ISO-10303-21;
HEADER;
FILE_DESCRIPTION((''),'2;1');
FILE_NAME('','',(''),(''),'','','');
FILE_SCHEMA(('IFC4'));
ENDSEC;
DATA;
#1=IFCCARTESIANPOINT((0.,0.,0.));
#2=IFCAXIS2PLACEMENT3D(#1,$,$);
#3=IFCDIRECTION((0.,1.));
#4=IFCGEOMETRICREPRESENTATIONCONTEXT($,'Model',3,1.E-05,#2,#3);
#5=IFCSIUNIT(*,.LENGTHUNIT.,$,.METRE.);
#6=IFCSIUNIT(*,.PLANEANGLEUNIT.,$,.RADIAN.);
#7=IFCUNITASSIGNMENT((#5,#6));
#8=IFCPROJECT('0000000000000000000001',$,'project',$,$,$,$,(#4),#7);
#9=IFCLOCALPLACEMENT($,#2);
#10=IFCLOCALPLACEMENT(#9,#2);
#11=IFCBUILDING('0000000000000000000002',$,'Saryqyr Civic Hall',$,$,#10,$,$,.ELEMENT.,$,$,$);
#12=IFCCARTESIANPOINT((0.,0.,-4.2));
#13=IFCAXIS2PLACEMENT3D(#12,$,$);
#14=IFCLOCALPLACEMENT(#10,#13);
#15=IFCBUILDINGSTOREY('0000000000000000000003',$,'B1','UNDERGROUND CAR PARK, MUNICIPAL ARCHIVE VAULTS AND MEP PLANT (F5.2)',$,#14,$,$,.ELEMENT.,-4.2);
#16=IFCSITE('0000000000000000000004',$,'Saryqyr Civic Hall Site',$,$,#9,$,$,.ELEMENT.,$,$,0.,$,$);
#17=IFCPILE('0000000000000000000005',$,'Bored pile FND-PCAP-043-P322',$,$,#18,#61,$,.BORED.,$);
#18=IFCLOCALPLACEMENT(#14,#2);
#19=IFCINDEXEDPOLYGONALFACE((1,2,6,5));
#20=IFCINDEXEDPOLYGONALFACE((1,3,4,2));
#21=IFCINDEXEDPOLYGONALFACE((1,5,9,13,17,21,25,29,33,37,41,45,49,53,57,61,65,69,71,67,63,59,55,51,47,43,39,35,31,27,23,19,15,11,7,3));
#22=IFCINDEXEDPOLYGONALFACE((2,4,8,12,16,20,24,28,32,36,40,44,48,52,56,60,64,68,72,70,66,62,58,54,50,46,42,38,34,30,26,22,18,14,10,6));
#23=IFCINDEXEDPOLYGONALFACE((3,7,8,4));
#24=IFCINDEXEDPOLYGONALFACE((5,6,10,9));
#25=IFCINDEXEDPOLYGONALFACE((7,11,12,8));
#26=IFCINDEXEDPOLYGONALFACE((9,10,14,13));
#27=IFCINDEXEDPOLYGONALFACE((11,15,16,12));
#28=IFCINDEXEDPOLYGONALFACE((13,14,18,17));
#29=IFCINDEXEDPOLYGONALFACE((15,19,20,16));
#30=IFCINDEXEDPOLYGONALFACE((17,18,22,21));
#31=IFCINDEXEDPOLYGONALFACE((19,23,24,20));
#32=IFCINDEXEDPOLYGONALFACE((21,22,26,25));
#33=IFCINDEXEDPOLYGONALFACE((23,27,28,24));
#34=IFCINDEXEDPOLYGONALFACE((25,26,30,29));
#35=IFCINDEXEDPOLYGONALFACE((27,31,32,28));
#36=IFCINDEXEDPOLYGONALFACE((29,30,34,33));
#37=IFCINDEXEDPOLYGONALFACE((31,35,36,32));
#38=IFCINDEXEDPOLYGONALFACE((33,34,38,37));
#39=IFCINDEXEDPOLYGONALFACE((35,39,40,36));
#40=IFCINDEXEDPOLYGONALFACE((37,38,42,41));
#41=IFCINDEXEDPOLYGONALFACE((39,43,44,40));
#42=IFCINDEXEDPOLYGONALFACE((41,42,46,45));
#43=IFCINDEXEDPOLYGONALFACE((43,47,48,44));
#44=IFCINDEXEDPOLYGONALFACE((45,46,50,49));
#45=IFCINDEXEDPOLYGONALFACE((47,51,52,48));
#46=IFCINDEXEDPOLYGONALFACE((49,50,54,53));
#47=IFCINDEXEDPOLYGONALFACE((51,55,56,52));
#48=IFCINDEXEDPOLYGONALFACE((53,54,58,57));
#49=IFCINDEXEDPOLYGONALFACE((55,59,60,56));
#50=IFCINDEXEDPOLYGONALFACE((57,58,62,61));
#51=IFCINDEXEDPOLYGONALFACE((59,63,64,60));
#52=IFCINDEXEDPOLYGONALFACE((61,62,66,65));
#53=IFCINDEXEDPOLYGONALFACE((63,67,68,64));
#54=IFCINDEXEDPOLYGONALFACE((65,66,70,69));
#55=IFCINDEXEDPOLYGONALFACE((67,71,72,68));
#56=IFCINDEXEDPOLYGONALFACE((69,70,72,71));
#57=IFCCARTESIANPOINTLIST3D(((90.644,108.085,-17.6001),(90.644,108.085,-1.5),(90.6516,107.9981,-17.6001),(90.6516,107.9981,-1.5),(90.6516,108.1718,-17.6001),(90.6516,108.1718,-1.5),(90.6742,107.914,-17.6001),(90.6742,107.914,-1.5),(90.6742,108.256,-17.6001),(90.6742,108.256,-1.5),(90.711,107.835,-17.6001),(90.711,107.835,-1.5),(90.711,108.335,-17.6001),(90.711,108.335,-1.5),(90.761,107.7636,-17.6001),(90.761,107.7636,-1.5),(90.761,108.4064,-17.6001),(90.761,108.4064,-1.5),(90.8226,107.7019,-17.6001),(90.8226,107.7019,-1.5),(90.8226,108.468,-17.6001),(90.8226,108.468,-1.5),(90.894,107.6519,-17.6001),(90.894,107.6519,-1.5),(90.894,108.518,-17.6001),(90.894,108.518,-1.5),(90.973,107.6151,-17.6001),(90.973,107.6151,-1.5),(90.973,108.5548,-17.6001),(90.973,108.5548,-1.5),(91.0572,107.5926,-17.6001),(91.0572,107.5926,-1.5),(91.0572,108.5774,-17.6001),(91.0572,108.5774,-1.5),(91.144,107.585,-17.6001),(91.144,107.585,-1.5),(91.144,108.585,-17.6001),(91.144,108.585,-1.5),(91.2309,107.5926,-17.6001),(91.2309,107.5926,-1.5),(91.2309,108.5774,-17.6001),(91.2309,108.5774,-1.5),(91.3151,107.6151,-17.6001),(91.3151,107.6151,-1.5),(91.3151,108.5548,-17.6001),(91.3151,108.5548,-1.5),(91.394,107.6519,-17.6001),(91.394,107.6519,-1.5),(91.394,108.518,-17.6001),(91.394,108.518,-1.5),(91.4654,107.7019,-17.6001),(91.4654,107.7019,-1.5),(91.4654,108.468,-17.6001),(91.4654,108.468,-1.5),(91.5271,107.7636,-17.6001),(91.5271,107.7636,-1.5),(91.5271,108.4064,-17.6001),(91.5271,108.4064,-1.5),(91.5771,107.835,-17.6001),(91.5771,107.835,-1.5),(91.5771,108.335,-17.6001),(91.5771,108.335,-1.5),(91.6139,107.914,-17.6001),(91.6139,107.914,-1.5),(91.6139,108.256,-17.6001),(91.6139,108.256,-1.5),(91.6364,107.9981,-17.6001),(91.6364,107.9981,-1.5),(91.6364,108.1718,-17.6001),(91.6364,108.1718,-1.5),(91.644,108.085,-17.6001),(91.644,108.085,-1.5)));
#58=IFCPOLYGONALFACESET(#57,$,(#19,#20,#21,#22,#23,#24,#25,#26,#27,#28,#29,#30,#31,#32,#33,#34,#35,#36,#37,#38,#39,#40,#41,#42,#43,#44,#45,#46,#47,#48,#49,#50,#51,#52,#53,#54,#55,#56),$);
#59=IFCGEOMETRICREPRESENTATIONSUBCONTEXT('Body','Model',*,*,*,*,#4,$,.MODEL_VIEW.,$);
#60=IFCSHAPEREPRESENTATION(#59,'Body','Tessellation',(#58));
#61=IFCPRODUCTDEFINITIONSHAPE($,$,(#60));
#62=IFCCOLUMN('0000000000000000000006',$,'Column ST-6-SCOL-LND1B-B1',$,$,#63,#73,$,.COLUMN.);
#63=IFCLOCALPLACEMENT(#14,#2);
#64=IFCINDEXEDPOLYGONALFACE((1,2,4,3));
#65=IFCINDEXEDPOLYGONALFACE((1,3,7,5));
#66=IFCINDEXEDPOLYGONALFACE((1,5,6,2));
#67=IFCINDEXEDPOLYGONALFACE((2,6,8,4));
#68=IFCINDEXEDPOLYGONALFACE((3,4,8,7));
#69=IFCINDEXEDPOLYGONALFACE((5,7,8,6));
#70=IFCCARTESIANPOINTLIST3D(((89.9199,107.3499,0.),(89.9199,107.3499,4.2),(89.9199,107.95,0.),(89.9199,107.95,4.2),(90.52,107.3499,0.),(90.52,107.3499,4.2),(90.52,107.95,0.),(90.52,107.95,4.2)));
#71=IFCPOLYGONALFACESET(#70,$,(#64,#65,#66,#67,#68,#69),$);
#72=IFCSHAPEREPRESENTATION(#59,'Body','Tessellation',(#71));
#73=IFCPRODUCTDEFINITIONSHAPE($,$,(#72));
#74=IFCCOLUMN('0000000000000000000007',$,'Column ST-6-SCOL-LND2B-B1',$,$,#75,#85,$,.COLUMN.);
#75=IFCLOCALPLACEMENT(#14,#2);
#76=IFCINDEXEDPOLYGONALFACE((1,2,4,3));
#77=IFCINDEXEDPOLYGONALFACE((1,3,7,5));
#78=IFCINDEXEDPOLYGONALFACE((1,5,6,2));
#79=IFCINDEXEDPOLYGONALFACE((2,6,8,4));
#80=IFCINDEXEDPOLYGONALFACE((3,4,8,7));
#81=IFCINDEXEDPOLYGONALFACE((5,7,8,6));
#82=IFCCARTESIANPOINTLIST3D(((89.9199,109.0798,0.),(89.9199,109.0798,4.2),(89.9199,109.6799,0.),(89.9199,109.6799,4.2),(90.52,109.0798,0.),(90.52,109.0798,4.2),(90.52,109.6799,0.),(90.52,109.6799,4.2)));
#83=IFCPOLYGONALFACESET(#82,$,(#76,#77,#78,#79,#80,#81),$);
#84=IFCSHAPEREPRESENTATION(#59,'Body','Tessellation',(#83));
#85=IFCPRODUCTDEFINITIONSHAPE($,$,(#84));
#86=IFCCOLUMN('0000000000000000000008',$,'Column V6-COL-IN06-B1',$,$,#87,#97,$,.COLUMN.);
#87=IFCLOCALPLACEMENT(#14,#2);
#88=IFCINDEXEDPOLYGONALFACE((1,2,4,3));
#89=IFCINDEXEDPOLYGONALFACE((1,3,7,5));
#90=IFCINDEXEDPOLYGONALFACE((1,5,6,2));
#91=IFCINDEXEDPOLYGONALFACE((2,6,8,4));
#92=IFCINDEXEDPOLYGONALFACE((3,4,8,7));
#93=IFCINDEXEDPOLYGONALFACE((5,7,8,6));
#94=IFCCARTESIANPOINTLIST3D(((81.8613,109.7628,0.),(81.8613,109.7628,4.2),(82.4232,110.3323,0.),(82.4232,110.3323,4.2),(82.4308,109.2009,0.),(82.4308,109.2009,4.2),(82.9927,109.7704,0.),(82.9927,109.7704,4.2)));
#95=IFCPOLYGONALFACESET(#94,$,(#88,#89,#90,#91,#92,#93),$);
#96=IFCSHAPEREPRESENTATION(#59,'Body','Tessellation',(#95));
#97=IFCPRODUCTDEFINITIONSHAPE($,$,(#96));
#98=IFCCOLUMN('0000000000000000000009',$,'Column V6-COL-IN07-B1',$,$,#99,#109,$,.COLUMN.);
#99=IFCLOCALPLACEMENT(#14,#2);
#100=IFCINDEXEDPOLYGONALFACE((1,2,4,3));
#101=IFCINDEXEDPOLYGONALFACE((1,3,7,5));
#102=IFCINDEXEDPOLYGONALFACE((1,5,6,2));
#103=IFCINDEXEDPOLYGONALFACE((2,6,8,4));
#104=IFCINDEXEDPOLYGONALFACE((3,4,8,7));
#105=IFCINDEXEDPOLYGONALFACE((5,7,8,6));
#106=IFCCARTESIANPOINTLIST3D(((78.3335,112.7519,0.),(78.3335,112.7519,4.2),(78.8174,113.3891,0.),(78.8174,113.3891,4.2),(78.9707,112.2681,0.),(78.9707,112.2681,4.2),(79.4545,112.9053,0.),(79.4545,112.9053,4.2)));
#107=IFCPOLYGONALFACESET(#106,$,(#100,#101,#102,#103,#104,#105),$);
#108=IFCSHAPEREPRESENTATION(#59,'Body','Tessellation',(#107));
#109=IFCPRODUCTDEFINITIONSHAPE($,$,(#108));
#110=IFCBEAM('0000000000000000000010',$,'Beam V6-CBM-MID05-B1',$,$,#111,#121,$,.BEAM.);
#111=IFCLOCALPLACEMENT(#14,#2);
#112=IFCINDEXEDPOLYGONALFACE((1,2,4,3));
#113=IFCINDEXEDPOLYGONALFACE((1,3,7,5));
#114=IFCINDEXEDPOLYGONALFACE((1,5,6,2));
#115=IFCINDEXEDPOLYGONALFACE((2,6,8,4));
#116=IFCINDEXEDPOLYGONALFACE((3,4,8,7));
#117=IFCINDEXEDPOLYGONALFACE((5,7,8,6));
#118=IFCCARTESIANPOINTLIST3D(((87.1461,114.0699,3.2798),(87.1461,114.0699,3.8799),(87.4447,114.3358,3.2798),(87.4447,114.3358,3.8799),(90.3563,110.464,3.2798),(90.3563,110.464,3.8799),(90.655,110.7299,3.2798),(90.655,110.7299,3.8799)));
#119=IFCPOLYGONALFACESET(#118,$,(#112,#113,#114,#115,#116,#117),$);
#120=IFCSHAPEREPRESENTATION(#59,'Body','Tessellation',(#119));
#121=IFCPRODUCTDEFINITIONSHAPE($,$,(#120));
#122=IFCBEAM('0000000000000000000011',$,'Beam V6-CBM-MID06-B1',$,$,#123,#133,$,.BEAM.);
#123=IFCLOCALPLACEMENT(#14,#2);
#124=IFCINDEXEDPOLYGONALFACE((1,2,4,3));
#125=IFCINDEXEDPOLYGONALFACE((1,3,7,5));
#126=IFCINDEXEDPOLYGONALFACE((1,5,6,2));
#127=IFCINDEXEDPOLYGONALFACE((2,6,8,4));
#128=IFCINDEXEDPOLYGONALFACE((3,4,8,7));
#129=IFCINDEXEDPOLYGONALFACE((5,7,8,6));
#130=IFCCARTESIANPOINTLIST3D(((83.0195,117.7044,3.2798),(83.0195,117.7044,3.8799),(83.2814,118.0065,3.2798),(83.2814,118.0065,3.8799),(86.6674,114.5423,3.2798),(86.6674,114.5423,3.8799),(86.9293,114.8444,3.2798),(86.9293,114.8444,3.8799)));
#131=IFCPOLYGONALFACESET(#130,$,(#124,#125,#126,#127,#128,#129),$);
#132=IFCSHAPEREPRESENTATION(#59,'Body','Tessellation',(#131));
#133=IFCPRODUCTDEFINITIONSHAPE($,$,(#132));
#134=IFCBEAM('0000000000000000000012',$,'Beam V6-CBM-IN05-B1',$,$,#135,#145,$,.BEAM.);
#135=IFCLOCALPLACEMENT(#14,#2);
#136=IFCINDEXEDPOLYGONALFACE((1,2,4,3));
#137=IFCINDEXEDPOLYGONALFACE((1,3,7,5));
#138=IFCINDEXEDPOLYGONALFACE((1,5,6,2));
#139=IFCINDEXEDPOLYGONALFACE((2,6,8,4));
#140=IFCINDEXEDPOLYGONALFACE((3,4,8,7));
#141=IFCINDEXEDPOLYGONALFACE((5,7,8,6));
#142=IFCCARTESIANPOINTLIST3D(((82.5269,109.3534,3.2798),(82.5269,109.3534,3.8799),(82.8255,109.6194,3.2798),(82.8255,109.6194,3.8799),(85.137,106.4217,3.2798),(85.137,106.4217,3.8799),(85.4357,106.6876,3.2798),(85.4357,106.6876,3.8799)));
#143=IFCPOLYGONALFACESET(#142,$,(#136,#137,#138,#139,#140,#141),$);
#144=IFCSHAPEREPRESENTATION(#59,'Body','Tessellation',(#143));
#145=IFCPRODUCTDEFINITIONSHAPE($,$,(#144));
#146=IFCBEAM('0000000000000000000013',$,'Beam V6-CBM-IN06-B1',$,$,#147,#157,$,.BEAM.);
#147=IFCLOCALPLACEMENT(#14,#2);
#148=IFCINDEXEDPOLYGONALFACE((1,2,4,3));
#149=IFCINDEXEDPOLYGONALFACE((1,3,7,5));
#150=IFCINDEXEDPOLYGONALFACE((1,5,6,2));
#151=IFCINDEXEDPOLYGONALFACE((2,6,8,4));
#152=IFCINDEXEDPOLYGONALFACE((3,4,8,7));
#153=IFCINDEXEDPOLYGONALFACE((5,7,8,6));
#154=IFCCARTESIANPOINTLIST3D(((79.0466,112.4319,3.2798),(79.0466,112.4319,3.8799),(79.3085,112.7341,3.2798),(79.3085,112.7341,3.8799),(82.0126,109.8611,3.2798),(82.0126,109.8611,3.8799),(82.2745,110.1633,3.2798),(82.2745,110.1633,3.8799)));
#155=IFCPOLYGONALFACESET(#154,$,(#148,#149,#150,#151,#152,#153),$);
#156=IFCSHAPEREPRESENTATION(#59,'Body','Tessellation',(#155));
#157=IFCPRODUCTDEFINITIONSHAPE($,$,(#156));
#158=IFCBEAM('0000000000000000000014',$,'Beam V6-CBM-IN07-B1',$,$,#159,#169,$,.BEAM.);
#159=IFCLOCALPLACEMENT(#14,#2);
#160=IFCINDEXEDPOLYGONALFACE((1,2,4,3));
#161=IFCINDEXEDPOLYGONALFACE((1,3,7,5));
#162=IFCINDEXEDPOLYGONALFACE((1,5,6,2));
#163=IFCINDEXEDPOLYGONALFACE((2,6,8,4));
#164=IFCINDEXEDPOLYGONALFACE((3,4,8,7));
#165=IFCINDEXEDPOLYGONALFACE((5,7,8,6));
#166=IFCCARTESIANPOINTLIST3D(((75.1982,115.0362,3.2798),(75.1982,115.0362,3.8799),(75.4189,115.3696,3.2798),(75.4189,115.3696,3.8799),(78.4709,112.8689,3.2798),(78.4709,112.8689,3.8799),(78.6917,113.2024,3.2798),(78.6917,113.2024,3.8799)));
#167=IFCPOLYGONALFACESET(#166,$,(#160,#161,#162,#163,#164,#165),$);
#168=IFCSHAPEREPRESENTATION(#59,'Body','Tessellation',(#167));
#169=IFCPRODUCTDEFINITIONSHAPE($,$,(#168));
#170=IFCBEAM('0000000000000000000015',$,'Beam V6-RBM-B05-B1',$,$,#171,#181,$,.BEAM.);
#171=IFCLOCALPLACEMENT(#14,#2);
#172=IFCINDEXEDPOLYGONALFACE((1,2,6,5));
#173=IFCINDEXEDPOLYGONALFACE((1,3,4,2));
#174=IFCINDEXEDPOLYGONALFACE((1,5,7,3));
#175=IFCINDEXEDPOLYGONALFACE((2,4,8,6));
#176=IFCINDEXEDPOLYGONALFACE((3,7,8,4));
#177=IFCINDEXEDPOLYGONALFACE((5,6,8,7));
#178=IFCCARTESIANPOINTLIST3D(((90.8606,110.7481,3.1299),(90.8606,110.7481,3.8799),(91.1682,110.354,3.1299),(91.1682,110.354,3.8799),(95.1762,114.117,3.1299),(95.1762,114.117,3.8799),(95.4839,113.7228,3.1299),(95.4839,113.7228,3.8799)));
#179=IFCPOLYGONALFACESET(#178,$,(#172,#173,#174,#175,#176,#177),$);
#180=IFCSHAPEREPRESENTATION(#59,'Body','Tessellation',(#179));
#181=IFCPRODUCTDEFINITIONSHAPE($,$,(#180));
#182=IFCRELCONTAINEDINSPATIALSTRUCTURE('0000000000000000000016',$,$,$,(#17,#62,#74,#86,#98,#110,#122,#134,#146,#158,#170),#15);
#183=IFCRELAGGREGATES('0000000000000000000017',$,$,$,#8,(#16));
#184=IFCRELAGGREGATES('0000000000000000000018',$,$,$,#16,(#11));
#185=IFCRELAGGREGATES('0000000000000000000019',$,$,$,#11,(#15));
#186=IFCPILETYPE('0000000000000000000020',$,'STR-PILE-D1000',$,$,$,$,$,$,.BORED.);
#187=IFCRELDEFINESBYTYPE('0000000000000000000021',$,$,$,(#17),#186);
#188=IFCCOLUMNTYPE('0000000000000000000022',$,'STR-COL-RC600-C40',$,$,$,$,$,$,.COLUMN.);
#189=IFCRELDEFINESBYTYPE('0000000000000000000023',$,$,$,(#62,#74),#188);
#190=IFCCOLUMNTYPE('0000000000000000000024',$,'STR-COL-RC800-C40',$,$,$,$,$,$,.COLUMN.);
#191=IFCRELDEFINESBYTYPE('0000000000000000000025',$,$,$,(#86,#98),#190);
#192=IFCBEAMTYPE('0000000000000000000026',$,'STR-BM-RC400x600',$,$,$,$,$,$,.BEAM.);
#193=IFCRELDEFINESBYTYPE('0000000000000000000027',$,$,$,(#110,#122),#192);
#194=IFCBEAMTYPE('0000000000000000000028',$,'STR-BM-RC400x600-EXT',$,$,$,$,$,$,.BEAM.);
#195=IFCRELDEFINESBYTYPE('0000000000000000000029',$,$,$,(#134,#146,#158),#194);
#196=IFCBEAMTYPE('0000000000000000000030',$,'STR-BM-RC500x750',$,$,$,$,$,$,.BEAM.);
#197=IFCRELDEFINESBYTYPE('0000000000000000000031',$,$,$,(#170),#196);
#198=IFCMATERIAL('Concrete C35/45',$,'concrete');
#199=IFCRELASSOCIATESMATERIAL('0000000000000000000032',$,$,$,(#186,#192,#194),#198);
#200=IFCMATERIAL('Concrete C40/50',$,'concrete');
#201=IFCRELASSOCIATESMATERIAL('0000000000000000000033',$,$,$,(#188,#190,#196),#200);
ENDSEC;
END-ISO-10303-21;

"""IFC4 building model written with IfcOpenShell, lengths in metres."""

from ifc_helpers import new_model, si_unit, direction, frame, origin, origin_2d, place, context, subcontext, project, spatial, rectangle, circle, extrude, material, material_profile, profile_set, type_object, element, save


model = new_model("IFC4")

# Units and contexts
model_context = context("Model", 3, precision=1e-05, world=origin(), true_north=direction((0.0, 1.0)))
body_context = subcontext(model_context, "Body", "Model", "MODEL_VIEW")
ifc_project = project(units=[si_unit("LENGTHUNIT", "METRE"), si_unit("PLANEANGLEUNIT", "RADIAN")], contexts=[model_context])

# Site, building, storey
site_placement = place(None, origin())
site = spatial("IfcSite", under=ifc_project, at=site_placement, Name="Saryqyr Civic Hall Site", CompositionType="ELEMENT", RefElevation=0.0)
building_placement = place(site_placement, origin())
building = spatial("IfcBuilding", under=site, at=building_placement, Name="Saryqyr Civic Hall", CompositionType="ELEMENT")
storey_placement = place(building_placement, frame((0.0, 0.0, -4.2)))
storey = spatial("IfcBuildingStorey", under=building, at=storey_placement, Name="B1", Description="UNDERGROUND CAR PARK, MUNICIPAL ARCHIVE VAULTS AND MEP PLANT (F5.2)", CompositionType="ELEMENT", Elevation=-4.2)

# Pile
ifc_material_1 = material(Name="Concrete C35/45", Category="concrete")
ifc_material_profile_1 = material_profile(ifc_material_1, circle(Radius=0.5, at=origin_2d()), Name="BORED PILE D1000")
ifc_profile_set_1 = profile_set([ifc_material_profile_1], Name="Concrete C35/45")
pile_type = type_object("IfcPileType", Name="STR-PILE-D1000", PredefinedType="BORED", material=ifc_profile_set_1)
for number, where, z_axis, x_axis, name in (
    (1, (91.144, 108.085, -1.5), (0.0, 0.0, -1.0), (1.0, 0.0, 0.0), "Bored pile FND-PCAP-043-P322"),
):
    element("IfcPile", number, at=place(storey_placement, frame(where, z_axis=z_axis, x_axis=x_axis)), inside=storey, type_object=pile_type, Name=name, PredefinedType="BORED", context=body_context, shape_type="SweptSolid", body=[
        extrude(circle(Radius=0.5, at=origin_2d()), origin(), (0.0, 0.0, 1.0), 16.1001),
    ])

# Columns
ifc_material_2 = material(Name="Concrete C40/50", Category="concrete")
ifc_material_profile_2 = material_profile(ifc_material_2, rectangle(XDim=0.6001, YDim=0.6001, at=origin_2d()), Name="RC 600x600")
ifc_profile_set_2 = profile_set([ifc_material_profile_2], Name="Concrete C40/50")
column_type_1 = type_object("IfcColumnType", Name="STR-COL-RC600-C40", PredefinedType="COLUMN", material=ifc_profile_set_2)
for number, where, z_axis, x_axis, name in (
    (2, (90.22, 107.6499, 0.0), (0.0, 0.0, 1.0), (1.0, 0.0, 0.0), "Column ST-6-SCOL-LND1B-B1"),
    (3, (90.22, 109.3799, 0.0), (0.0, 0.0, 1.0), (1.0, 0.0, 0.0), "Column ST-6-SCOL-LND2B-B1"),
):
    element("IfcColumn", number, at=place(storey_placement, frame(where, z_axis=z_axis, x_axis=x_axis)), inside=storey, type_object=column_type_1, Name=name, PredefinedType="COLUMN", context=body_context, shape_type="SweptSolid", body=[
        extrude(rectangle(XDim=0.6001, YDim=0.6001, at=origin_2d()), origin(), (0.0, 0.0, 1.0), 4.2),
    ])
ifc_material_profile_3 = material_profile(ifc_material_2, rectangle(XDim=0.8, YDim=0.8, at=origin_2d()), Name="RC 800x800")
ifc_profile_set_3 = profile_set([ifc_material_profile_3], Name="Concrete C40/50")
column_type_2 = type_object("IfcColumnType", Name="STR-COL-RC800-C40", PredefinedType="COLUMN", material=ifc_profile_set_3)
for number, where, z_axis, x_axis, name in (
    (4, (82.427, 109.7666, 0.0), (0.0, 0.0, 1.0), (0.702402, 0.711781, 0.0), "Column V6-COL-IN06-B1"),
    (5, (78.894, 112.8286, 0.0), (0.0, 0.0, 1.0), (0.604738, 0.796424, 0.0), "Column V6-COL-IN07-B1"),
):
    element("IfcColumn", number, at=place(storey_placement, frame(where, z_axis=z_axis, x_axis=x_axis)), inside=storey, type_object=column_type_2, Name=name, PredefinedType="COLUMN", context=body_context, shape_type="SweptSolid", body=[
        extrude(rectangle(XDim=0.8, YDim=0.8, at=origin_2d()), origin(), (0.0, 0.0, 1.0), 4.2),
    ])

# Beams
ifc_material_profile_4 = material_profile(ifc_material_1, rectangle(XDim=0.3999, YDim=0.6001, at=origin_2d()), Name="RC 400x600")
ifc_profile_set_4 = profile_set([ifc_material_profile_4], Name="Concrete C35/45")
beam_type_1 = type_object("IfcBeamType", Name="STR-BM-RC400x600", PredefinedType="BEAM", material=ifc_profile_set_4)
beam_1_placement = place(storey_placement, frame((90.5056, 110.5969, 3.5798), z_axis=(-0.664932, 0.746904, 0.0), x_axis=(-0.746904, -0.664932, 0.0)))
element("IfcBeam", 6, at=beam_1_placement, inside=storey, type_object=beam_type_1, Name="Beam V6-CBM-MID05-B1", PredefinedType="BEAM", context=body_context, shape_type="SweptSolid", body=[
    extrude(rectangle(XDim=0.3999, YDim=0.6001, at=origin_2d()), origin(), (0.0, 0.0, 1.0), 4.8279),
])
beam_2_placement = place(storey_placement, frame((86.7983, 114.6934, 3.5798), z_axis=(-0.755632, 0.654996, 0.0), x_axis=(-0.654996, -0.755632, 0.0)))
element("IfcBeam", 7, at=beam_2_placement, inside=storey, type_object=beam_type_1, Name="Beam V6-CBM-MID06-B1", PredefinedType="BEAM", context=body_context, shape_type="SweptSolid", body=[
    extrude(rectangle(XDim=0.3999, YDim=0.6001, at=origin_2d()), origin(), (0.0, 0.0, 1.0), 4.8276),
])
ifc_material_profile_5 = material_profile(ifc_material_1, rectangle(XDim=0.3999, YDim=0.6001, at=origin_2d()), Name="RC 400x600")
ifc_profile_set_5 = profile_set([ifc_material_profile_5], Name="Concrete C35/45")
beam_type_2 = type_object("IfcBeamType", Name="STR-BM-RC400x600-EXT", PredefinedType="BEAM", material=ifc_profile_set_5)
beam_3_placement = place(storey_placement, frame((85.2864, 106.5547, 3.5798), z_axis=(-0.664962, 0.746877, 0.0), x_axis=(-0.746877, -0.664962, 0.0)))
element("IfcBeam", 8, at=beam_3_placement, inside=storey, type_object=beam_type_2, Name="Beam V6-CBM-IN05-B1", PredefinedType="BEAM", context=body_context, shape_type="SweptSolid", body=[
    extrude(rectangle(XDim=0.3999, YDim=0.6001, at=origin_2d()), origin(), (0.0, 0.0, 1.0), 3.9253),
])
beam_4_placement = place(storey_placement, frame((82.1436, 110.0122, 3.5798), z_axis=(-0.755662, 0.654961, 0.0), x_axis=(-0.654961, -0.755662, 0.0)))
element("IfcBeam", 9, at=beam_4_placement, inside=storey, type_object=beam_type_2, Name="Beam V6-CBM-IN06-B1", PredefinedType="BEAM", context=body_context, shape_type="SweptSolid", body=[
    extrude(rectangle(XDim=0.3999, YDim=0.6001, at=origin_2d()), origin(), (0.0, 0.0, 1.0), 3.925),
])
beam_5_placement = place(storey_placement, frame((78.5813, 113.0356, 3.5798), z_axis=(-0.833759, 0.552128, 0.0), x_axis=(-0.552128, -0.833759, 0.0)))
element("IfcBeam", 10, at=beam_5_placement, inside=storey, type_object=beam_type_2, Name="Beam V6-CBM-IN07-B1", PredefinedType="BEAM", context=body_context, shape_type="SweptSolid", body=[
    extrude(rectangle(XDim=0.3999, YDim=0.6001, at=origin_2d()), origin(), (0.0, 0.0, 1.0), 3.9253),
])
ifc_material_profile_6 = material_profile(ifc_material_2, rectangle(XDim=0.5, YDim=0.75, at=origin_2d()), Name="RC 500x750")
ifc_profile_set_6 = profile_set([ifc_material_profile_6], Name="Concrete C40/50")
beam_type_3 = type_object("IfcBeamType", Name="STR-BM-RC500x750", PredefinedType="BEAM", material=ifc_profile_set_6)
beam_6_placement = place(storey_placement, frame((91.0144, 110.551, 3.5049), z_axis=(0.788266, 0.615335, 0.0), x_axis=(-0.615335, 0.788266, 0.0)))
element("IfcBeam", 11, at=beam_6_placement, inside=storey, type_object=beam_type_3, Name="Beam V6-RBM-B05-B1", PredefinedType="BEAM", context=body_context, shape_type="SweptSolid", body=[
    extrude(rectangle(XDim=0.5, YDim=0.75, at=origin_2d()), origin(), (0.0, 0.0, 1.0), 5.4749),
])

save(model, "model.ifc")
